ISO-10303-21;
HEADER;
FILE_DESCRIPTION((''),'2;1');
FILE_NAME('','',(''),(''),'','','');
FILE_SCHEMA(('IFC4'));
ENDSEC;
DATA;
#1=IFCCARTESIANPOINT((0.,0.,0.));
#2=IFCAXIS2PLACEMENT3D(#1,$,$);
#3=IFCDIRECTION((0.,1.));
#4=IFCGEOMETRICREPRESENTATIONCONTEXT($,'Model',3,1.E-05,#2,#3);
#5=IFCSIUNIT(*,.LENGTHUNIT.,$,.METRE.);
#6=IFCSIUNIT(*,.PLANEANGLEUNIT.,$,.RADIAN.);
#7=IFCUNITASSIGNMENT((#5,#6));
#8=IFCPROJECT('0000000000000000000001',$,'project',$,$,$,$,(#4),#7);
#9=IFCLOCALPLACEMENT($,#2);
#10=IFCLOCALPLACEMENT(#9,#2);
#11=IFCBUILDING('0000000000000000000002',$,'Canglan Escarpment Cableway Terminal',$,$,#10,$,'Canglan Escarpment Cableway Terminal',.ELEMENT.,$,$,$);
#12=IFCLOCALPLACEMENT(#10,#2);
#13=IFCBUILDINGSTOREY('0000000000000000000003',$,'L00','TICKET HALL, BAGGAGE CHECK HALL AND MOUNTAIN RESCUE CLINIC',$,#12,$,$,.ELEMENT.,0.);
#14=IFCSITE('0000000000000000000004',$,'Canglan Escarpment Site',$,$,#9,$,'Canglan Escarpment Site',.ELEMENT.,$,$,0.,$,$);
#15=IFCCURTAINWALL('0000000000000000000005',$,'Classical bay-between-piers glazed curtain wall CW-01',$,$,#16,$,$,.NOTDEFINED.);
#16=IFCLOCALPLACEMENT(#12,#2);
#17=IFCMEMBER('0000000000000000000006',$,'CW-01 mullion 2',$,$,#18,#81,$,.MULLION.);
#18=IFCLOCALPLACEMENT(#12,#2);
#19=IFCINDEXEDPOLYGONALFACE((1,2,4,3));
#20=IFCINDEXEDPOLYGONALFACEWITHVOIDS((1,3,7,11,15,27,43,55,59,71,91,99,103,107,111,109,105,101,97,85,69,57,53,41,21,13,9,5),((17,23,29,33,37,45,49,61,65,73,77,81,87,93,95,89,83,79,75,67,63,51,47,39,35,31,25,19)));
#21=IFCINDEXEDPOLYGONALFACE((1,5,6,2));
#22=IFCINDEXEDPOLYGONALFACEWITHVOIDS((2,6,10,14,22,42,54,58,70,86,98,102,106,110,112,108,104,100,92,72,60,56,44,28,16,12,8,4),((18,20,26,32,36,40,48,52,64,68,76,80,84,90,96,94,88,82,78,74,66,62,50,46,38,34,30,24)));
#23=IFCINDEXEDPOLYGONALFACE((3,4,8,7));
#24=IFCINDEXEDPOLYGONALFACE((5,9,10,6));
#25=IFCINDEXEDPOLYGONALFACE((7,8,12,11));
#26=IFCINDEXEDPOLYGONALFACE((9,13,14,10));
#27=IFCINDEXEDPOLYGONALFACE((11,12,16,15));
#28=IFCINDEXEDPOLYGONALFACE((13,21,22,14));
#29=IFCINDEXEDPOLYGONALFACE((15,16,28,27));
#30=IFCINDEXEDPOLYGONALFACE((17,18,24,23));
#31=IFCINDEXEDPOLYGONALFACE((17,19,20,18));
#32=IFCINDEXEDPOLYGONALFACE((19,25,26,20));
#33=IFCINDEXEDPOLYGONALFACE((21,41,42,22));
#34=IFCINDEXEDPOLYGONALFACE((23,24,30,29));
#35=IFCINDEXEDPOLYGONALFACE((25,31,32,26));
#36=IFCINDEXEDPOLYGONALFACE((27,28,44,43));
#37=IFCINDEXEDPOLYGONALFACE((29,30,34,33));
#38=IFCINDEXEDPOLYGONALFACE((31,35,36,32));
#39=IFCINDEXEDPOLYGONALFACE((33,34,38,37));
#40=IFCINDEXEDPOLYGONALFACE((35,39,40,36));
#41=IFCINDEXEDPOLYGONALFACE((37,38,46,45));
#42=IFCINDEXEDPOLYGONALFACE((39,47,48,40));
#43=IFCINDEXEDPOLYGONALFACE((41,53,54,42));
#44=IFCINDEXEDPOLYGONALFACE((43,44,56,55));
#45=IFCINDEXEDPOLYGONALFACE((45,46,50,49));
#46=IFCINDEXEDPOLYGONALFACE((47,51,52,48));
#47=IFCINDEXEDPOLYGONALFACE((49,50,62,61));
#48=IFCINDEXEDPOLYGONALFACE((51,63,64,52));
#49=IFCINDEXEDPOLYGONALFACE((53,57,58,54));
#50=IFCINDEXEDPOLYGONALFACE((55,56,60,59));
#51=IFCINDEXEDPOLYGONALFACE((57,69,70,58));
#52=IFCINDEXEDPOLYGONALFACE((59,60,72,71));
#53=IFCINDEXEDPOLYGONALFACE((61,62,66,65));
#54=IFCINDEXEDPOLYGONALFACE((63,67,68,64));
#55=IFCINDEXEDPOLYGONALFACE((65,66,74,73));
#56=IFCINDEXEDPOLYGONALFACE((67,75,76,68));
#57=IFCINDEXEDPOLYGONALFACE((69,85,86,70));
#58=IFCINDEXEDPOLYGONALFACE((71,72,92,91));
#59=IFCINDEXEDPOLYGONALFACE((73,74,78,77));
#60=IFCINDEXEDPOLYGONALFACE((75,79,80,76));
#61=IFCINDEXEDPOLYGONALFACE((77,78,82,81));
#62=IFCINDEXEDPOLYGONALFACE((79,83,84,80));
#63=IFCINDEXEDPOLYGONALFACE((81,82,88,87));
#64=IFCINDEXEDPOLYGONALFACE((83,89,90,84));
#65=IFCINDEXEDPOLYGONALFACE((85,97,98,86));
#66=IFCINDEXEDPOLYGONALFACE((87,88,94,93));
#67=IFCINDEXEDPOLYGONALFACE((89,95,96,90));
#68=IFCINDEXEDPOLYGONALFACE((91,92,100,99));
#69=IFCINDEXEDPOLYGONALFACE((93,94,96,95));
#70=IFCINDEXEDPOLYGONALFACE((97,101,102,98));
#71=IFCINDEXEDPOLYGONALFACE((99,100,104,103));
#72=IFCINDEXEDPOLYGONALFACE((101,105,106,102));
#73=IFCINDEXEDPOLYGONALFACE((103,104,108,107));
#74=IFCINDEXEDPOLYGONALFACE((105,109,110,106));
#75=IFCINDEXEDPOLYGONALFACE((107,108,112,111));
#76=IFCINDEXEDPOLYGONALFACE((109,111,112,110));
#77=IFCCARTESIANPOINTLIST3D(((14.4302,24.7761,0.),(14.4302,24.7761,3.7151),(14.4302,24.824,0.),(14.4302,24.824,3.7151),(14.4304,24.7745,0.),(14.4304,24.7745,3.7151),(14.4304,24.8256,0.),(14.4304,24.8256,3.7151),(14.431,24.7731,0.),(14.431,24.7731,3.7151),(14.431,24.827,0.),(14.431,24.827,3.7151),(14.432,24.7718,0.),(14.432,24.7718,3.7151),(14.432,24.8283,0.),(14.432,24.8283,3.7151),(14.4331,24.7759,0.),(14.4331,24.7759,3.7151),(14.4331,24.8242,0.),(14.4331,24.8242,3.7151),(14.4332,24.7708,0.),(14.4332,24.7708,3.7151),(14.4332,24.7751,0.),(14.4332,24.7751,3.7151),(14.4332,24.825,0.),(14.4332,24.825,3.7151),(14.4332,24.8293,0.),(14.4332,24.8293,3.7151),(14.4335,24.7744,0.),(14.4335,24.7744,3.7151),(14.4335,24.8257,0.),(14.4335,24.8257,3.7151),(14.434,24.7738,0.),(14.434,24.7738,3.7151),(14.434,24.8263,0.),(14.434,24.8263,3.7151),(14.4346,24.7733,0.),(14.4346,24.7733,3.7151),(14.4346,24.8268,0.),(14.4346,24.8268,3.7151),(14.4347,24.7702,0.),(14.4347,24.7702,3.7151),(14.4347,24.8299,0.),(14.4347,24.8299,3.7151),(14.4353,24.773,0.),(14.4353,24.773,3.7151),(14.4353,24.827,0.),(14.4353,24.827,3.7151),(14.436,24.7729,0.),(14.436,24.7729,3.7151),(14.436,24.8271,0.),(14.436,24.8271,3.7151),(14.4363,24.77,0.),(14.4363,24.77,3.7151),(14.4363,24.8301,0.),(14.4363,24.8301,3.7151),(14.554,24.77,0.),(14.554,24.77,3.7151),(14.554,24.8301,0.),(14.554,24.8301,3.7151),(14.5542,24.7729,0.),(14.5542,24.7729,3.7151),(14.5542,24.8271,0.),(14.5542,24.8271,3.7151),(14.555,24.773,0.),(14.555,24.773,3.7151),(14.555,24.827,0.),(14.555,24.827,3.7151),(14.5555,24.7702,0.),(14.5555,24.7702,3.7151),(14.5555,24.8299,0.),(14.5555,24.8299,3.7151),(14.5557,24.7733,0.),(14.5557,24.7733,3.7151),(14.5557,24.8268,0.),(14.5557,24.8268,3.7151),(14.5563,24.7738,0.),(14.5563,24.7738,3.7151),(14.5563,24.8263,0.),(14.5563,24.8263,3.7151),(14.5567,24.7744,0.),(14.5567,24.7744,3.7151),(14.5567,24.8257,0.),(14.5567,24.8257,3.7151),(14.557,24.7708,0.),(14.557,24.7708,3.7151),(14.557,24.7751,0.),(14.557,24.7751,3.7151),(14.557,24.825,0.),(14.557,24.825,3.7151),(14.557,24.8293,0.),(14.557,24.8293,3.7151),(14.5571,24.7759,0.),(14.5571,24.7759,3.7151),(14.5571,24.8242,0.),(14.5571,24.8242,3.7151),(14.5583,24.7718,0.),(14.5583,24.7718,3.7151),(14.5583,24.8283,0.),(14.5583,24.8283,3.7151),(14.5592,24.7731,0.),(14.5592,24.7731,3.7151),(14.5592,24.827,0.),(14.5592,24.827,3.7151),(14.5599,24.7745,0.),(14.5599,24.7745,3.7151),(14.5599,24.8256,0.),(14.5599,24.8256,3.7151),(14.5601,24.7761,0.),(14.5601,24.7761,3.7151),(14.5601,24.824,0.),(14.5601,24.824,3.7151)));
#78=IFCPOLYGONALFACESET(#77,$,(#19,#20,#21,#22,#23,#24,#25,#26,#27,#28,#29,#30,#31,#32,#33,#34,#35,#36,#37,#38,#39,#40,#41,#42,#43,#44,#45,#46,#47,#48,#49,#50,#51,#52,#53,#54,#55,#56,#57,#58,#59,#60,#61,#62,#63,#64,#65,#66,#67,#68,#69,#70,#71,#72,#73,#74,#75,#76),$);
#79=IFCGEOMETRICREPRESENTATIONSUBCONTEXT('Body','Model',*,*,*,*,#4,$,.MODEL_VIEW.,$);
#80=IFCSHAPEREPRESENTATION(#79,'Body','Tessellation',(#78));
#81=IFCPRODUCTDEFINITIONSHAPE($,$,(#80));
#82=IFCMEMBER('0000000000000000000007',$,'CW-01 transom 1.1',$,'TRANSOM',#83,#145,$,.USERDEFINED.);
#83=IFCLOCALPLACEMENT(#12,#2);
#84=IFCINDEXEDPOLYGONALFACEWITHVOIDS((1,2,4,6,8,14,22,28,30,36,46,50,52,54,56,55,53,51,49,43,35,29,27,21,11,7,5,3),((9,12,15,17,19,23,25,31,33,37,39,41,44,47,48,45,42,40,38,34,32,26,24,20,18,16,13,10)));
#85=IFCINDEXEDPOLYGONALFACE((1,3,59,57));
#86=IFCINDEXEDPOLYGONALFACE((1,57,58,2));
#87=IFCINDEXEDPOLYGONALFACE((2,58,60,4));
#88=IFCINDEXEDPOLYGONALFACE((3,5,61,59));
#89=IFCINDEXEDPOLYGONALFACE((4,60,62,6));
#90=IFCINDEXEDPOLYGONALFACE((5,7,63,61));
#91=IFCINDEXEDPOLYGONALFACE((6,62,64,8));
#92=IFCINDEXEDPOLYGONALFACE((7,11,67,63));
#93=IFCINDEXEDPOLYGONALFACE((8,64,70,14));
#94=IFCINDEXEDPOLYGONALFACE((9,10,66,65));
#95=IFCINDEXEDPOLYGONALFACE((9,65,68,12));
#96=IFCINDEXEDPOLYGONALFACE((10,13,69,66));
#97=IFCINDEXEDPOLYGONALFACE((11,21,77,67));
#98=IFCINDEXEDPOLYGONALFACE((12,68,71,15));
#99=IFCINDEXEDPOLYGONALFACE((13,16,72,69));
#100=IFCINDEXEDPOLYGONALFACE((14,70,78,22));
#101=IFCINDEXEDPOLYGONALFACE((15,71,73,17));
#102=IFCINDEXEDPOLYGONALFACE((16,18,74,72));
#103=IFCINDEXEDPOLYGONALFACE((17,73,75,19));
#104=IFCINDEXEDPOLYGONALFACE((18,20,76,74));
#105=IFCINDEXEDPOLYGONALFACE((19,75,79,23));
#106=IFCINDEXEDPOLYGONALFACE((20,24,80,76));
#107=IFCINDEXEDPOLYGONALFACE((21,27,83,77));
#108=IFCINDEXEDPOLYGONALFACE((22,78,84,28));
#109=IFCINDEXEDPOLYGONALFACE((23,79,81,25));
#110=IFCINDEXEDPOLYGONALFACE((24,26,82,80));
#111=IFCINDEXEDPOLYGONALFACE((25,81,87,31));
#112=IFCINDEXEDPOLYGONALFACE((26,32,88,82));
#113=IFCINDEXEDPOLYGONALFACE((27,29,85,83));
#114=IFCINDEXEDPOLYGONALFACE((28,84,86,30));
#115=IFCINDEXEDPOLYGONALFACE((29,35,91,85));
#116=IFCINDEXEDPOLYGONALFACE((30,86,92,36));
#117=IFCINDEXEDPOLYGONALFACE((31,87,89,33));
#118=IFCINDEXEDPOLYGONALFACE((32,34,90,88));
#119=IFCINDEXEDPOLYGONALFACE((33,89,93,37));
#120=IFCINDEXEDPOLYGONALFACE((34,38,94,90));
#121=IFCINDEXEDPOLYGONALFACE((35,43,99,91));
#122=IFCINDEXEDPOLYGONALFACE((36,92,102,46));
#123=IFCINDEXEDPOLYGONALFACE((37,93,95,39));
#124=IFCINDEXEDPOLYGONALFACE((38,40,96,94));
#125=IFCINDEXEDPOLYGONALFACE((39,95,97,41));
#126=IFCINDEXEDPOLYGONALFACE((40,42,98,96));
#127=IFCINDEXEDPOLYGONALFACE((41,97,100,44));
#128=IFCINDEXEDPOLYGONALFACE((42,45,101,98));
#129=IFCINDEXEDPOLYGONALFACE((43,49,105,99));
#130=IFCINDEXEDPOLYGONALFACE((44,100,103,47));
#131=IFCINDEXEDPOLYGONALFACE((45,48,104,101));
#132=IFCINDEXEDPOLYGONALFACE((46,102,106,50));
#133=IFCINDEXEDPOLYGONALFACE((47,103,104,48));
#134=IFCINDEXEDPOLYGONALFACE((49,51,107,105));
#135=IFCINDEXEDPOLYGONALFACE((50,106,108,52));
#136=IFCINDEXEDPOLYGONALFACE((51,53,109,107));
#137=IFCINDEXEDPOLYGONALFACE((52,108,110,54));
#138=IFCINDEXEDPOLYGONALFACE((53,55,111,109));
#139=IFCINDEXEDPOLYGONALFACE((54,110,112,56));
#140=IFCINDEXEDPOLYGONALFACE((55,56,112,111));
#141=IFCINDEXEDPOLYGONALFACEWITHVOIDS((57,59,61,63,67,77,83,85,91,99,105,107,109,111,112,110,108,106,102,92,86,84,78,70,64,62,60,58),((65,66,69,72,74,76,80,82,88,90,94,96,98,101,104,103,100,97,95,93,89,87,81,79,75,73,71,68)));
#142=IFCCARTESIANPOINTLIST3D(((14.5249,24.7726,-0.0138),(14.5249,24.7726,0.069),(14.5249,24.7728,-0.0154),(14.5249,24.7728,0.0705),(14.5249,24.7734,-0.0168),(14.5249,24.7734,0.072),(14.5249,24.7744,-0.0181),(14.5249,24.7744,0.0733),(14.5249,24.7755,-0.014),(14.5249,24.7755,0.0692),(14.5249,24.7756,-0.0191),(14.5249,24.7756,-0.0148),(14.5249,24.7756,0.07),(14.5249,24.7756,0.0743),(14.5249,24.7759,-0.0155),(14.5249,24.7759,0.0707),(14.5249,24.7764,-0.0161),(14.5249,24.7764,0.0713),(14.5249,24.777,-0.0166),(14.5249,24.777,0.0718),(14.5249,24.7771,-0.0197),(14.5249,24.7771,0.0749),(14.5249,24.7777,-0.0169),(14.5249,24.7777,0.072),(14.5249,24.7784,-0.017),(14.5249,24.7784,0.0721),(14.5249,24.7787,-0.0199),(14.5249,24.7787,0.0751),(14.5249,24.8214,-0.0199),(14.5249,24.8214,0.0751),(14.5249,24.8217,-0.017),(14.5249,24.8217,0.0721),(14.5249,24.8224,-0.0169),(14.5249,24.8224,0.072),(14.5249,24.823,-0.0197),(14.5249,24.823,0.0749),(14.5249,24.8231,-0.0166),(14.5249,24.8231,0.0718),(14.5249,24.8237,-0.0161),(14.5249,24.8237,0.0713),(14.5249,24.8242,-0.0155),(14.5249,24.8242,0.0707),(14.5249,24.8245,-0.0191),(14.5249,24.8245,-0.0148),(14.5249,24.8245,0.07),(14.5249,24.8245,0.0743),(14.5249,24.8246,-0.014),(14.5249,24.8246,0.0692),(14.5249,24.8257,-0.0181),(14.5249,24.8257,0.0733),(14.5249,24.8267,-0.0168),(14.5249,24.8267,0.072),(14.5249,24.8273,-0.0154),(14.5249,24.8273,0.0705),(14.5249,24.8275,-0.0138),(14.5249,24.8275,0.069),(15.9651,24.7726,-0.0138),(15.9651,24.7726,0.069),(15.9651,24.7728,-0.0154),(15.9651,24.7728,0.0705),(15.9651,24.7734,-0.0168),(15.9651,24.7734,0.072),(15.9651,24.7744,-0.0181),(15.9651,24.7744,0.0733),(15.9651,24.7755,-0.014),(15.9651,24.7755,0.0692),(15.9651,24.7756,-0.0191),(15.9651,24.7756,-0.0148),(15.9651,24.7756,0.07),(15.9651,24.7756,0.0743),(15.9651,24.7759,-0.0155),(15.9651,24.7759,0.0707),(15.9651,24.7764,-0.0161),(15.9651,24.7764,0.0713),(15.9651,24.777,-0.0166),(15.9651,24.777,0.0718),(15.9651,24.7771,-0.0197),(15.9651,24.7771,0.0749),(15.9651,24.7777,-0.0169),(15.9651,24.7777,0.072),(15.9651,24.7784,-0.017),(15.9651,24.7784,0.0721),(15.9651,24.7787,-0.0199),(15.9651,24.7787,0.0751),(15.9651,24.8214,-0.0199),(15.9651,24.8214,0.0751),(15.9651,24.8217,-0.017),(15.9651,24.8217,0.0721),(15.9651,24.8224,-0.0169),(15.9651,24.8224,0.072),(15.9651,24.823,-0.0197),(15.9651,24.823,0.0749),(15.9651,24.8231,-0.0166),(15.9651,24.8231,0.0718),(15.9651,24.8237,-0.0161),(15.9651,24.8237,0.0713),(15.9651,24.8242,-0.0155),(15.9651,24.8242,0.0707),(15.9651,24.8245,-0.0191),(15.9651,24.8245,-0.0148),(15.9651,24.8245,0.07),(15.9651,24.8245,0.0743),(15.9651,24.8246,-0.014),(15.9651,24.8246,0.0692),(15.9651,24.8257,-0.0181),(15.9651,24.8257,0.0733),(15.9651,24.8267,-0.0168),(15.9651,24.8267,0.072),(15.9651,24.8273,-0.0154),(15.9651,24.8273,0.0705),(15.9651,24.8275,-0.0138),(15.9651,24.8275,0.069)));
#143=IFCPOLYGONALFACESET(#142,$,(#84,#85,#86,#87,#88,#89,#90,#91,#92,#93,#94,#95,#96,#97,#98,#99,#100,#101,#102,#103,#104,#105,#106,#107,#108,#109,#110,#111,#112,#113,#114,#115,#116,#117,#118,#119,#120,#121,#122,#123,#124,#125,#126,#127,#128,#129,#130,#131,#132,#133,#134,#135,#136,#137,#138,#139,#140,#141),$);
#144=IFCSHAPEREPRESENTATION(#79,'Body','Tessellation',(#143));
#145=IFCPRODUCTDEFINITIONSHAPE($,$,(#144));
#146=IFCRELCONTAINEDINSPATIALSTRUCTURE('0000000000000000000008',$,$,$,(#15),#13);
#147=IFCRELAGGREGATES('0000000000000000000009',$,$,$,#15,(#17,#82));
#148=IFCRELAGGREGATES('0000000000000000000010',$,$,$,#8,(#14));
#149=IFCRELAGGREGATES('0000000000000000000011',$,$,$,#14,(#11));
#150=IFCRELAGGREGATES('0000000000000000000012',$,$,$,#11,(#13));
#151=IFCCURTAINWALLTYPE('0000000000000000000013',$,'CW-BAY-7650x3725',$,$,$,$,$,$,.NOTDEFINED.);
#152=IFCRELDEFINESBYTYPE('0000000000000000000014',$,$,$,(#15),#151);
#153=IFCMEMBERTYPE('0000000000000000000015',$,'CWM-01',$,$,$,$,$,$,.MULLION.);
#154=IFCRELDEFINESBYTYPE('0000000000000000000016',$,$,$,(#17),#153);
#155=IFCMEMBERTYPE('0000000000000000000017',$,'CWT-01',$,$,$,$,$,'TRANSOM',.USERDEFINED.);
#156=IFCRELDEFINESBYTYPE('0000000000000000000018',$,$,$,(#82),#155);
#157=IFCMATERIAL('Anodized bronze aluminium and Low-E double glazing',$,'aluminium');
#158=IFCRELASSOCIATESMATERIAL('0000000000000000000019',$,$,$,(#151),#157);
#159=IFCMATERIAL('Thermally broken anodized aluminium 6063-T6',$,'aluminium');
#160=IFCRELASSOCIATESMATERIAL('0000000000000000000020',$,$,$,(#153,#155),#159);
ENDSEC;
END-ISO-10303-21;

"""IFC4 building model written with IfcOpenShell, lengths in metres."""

from ifc_helpers import new_model, si_unit, direction, frame, origin, origin_2d, place, context, subcontext, project, spatial, hollow_rectangle, extrude, material, material_profile, profile_set, type_object, element, aggregate, save


model = new_model("IFC4")

# Units and contexts
model_context = context("Model", 3, precision=1e-05, world=origin(), true_north=direction((0.0, 1.0)))
body_context = subcontext(model_context, "Body", "Model", "MODEL_VIEW")
ifc_project = project(units=[si_unit("LENGTHUNIT", "METRE"), si_unit("PLANEANGLEUNIT", "RADIAN")], contexts=[model_context])

# Site, building, storey
site_placement = place(None, origin())
site = spatial("IfcSite", under=ifc_project, at=site_placement, Name="Canglan Escarpment Site", LongName="Canglan Escarpment Site", CompositionType="ELEMENT", RefElevation=0.0)
building_placement = place(site_placement, origin())
building = spatial("IfcBuilding", under=site, at=building_placement, Name="Canglan Escarpment Cableway Terminal", LongName="Canglan Escarpment Cableway Terminal", CompositionType="ELEMENT")
storey_placement = place(building_placement, origin())
storey = spatial("IfcBuildingStorey", under=building, at=storey_placement, Name="L00", Description="TICKET HALL, BAGGAGE CHECK HALL AND MOUNTAIN RESCUE CLINIC", CompositionType="ELEMENT", Elevation=0.0)

# Curtain wall, members
ifc_material_1 = material(Name="Anodized bronze aluminium and Low-E double glazing", Category="aluminium")
curtain_wall_type = type_object("IfcCurtainWallType", Name="CW-BAY-7650x3725", PredefinedType="NOTDEFINED", material=ifc_material_1)
curtain_wall_placement = place(storey_placement, origin())
curtain_wall = element("IfcCurtainWall", 1, at=curtain_wall_placement, inside=storey, type_object=curtain_wall_type, Name="Classical bay-between-piers glazed curtain wall CW-01", PredefinedType="NOTDEFINED")
ifc_material_2 = material(Name="Thermally broken anodized aluminium 6063-T6", Category="aluminium")
ifc_material_profile_1 = material_profile(ifc_material_2, hollow_rectangle(XDim=0.0601, YDim=0.1299, WallThickness=0.0029, InnerFilletRadius=0.0029, OuterFilletRadius=0.0061, at=origin_2d()), Name="ALU-MULL 60x130x3")
ifc_profile_set_1 = profile_set([ifc_material_profile_1], Name="Thermally broken anodized aluminium 6063-T6")
member_type_1 = type_object("IfcMemberType", Name="CWM-01", PredefinedType="MULLION", material=ifc_profile_set_1)
member_1_placement = place(storey_placement, frame((14.4951, 24.8, 0.0), z_axis=(0.0, 0.0, 1.0), x_axis=(0.0, -1.0, 0.0)))
member_1 = element("IfcMember", 2, at=member_1_placement, type_object=member_type_1, Name="CW-01 mullion 2", PredefinedType="MULLION", context=body_context, shape_type="SweptSolid", body=[
    extrude(hollow_rectangle(XDim=0.0601, YDim=0.1299, WallThickness=0.0029, InnerFilletRadius=0.0029, OuterFilletRadius=0.0061, at=origin_2d()), origin(), (0.0, 0.0, 1.0), 3.7151),
])
ifc_material_profile_2 = material_profile(ifc_material_2, hollow_rectangle(XDim=0.0549, YDim=0.095, WallThickness=0.0029, InnerFilletRadius=0.0029, OuterFilletRadius=0.0061, at=origin_2d()), Name="ALU-TRAN 55x95x3")
ifc_profile_set_2 = profile_set([ifc_material_profile_2], Name="Thermally broken anodized aluminium 6063-T6")
member_type_2 = type_object("IfcMemberType", Name="CWT-01", ElementType="TRANSOM", PredefinedType="USERDEFINED", material=ifc_profile_set_2)
member_2_placement = place(storey_placement, frame((15.9651, 24.8, 0.0276), z_axis=(-1.0, 0.0, 0.0), x_axis=(0.0, -1.0, 0.0)))
member_2 = element("IfcMember", 3, at=member_2_placement, type_object=member_type_2, Name="CW-01 transom 1.1", ObjectType="TRANSOM", PredefinedType="USERDEFINED", context=body_context, shape_type="SweptSolid", body=[
    extrude(hollow_rectangle(XDim=0.0549, YDim=0.095, WallThickness=0.0029, InnerFilletRadius=0.0029, OuterFilletRadius=0.0061, at=origin_2d()), origin(), (0.0, 0.0, 1.0), 1.4402),
])

aggregate(curtain_wall, [member_1, member_2])

save(model, "model.ifc")
